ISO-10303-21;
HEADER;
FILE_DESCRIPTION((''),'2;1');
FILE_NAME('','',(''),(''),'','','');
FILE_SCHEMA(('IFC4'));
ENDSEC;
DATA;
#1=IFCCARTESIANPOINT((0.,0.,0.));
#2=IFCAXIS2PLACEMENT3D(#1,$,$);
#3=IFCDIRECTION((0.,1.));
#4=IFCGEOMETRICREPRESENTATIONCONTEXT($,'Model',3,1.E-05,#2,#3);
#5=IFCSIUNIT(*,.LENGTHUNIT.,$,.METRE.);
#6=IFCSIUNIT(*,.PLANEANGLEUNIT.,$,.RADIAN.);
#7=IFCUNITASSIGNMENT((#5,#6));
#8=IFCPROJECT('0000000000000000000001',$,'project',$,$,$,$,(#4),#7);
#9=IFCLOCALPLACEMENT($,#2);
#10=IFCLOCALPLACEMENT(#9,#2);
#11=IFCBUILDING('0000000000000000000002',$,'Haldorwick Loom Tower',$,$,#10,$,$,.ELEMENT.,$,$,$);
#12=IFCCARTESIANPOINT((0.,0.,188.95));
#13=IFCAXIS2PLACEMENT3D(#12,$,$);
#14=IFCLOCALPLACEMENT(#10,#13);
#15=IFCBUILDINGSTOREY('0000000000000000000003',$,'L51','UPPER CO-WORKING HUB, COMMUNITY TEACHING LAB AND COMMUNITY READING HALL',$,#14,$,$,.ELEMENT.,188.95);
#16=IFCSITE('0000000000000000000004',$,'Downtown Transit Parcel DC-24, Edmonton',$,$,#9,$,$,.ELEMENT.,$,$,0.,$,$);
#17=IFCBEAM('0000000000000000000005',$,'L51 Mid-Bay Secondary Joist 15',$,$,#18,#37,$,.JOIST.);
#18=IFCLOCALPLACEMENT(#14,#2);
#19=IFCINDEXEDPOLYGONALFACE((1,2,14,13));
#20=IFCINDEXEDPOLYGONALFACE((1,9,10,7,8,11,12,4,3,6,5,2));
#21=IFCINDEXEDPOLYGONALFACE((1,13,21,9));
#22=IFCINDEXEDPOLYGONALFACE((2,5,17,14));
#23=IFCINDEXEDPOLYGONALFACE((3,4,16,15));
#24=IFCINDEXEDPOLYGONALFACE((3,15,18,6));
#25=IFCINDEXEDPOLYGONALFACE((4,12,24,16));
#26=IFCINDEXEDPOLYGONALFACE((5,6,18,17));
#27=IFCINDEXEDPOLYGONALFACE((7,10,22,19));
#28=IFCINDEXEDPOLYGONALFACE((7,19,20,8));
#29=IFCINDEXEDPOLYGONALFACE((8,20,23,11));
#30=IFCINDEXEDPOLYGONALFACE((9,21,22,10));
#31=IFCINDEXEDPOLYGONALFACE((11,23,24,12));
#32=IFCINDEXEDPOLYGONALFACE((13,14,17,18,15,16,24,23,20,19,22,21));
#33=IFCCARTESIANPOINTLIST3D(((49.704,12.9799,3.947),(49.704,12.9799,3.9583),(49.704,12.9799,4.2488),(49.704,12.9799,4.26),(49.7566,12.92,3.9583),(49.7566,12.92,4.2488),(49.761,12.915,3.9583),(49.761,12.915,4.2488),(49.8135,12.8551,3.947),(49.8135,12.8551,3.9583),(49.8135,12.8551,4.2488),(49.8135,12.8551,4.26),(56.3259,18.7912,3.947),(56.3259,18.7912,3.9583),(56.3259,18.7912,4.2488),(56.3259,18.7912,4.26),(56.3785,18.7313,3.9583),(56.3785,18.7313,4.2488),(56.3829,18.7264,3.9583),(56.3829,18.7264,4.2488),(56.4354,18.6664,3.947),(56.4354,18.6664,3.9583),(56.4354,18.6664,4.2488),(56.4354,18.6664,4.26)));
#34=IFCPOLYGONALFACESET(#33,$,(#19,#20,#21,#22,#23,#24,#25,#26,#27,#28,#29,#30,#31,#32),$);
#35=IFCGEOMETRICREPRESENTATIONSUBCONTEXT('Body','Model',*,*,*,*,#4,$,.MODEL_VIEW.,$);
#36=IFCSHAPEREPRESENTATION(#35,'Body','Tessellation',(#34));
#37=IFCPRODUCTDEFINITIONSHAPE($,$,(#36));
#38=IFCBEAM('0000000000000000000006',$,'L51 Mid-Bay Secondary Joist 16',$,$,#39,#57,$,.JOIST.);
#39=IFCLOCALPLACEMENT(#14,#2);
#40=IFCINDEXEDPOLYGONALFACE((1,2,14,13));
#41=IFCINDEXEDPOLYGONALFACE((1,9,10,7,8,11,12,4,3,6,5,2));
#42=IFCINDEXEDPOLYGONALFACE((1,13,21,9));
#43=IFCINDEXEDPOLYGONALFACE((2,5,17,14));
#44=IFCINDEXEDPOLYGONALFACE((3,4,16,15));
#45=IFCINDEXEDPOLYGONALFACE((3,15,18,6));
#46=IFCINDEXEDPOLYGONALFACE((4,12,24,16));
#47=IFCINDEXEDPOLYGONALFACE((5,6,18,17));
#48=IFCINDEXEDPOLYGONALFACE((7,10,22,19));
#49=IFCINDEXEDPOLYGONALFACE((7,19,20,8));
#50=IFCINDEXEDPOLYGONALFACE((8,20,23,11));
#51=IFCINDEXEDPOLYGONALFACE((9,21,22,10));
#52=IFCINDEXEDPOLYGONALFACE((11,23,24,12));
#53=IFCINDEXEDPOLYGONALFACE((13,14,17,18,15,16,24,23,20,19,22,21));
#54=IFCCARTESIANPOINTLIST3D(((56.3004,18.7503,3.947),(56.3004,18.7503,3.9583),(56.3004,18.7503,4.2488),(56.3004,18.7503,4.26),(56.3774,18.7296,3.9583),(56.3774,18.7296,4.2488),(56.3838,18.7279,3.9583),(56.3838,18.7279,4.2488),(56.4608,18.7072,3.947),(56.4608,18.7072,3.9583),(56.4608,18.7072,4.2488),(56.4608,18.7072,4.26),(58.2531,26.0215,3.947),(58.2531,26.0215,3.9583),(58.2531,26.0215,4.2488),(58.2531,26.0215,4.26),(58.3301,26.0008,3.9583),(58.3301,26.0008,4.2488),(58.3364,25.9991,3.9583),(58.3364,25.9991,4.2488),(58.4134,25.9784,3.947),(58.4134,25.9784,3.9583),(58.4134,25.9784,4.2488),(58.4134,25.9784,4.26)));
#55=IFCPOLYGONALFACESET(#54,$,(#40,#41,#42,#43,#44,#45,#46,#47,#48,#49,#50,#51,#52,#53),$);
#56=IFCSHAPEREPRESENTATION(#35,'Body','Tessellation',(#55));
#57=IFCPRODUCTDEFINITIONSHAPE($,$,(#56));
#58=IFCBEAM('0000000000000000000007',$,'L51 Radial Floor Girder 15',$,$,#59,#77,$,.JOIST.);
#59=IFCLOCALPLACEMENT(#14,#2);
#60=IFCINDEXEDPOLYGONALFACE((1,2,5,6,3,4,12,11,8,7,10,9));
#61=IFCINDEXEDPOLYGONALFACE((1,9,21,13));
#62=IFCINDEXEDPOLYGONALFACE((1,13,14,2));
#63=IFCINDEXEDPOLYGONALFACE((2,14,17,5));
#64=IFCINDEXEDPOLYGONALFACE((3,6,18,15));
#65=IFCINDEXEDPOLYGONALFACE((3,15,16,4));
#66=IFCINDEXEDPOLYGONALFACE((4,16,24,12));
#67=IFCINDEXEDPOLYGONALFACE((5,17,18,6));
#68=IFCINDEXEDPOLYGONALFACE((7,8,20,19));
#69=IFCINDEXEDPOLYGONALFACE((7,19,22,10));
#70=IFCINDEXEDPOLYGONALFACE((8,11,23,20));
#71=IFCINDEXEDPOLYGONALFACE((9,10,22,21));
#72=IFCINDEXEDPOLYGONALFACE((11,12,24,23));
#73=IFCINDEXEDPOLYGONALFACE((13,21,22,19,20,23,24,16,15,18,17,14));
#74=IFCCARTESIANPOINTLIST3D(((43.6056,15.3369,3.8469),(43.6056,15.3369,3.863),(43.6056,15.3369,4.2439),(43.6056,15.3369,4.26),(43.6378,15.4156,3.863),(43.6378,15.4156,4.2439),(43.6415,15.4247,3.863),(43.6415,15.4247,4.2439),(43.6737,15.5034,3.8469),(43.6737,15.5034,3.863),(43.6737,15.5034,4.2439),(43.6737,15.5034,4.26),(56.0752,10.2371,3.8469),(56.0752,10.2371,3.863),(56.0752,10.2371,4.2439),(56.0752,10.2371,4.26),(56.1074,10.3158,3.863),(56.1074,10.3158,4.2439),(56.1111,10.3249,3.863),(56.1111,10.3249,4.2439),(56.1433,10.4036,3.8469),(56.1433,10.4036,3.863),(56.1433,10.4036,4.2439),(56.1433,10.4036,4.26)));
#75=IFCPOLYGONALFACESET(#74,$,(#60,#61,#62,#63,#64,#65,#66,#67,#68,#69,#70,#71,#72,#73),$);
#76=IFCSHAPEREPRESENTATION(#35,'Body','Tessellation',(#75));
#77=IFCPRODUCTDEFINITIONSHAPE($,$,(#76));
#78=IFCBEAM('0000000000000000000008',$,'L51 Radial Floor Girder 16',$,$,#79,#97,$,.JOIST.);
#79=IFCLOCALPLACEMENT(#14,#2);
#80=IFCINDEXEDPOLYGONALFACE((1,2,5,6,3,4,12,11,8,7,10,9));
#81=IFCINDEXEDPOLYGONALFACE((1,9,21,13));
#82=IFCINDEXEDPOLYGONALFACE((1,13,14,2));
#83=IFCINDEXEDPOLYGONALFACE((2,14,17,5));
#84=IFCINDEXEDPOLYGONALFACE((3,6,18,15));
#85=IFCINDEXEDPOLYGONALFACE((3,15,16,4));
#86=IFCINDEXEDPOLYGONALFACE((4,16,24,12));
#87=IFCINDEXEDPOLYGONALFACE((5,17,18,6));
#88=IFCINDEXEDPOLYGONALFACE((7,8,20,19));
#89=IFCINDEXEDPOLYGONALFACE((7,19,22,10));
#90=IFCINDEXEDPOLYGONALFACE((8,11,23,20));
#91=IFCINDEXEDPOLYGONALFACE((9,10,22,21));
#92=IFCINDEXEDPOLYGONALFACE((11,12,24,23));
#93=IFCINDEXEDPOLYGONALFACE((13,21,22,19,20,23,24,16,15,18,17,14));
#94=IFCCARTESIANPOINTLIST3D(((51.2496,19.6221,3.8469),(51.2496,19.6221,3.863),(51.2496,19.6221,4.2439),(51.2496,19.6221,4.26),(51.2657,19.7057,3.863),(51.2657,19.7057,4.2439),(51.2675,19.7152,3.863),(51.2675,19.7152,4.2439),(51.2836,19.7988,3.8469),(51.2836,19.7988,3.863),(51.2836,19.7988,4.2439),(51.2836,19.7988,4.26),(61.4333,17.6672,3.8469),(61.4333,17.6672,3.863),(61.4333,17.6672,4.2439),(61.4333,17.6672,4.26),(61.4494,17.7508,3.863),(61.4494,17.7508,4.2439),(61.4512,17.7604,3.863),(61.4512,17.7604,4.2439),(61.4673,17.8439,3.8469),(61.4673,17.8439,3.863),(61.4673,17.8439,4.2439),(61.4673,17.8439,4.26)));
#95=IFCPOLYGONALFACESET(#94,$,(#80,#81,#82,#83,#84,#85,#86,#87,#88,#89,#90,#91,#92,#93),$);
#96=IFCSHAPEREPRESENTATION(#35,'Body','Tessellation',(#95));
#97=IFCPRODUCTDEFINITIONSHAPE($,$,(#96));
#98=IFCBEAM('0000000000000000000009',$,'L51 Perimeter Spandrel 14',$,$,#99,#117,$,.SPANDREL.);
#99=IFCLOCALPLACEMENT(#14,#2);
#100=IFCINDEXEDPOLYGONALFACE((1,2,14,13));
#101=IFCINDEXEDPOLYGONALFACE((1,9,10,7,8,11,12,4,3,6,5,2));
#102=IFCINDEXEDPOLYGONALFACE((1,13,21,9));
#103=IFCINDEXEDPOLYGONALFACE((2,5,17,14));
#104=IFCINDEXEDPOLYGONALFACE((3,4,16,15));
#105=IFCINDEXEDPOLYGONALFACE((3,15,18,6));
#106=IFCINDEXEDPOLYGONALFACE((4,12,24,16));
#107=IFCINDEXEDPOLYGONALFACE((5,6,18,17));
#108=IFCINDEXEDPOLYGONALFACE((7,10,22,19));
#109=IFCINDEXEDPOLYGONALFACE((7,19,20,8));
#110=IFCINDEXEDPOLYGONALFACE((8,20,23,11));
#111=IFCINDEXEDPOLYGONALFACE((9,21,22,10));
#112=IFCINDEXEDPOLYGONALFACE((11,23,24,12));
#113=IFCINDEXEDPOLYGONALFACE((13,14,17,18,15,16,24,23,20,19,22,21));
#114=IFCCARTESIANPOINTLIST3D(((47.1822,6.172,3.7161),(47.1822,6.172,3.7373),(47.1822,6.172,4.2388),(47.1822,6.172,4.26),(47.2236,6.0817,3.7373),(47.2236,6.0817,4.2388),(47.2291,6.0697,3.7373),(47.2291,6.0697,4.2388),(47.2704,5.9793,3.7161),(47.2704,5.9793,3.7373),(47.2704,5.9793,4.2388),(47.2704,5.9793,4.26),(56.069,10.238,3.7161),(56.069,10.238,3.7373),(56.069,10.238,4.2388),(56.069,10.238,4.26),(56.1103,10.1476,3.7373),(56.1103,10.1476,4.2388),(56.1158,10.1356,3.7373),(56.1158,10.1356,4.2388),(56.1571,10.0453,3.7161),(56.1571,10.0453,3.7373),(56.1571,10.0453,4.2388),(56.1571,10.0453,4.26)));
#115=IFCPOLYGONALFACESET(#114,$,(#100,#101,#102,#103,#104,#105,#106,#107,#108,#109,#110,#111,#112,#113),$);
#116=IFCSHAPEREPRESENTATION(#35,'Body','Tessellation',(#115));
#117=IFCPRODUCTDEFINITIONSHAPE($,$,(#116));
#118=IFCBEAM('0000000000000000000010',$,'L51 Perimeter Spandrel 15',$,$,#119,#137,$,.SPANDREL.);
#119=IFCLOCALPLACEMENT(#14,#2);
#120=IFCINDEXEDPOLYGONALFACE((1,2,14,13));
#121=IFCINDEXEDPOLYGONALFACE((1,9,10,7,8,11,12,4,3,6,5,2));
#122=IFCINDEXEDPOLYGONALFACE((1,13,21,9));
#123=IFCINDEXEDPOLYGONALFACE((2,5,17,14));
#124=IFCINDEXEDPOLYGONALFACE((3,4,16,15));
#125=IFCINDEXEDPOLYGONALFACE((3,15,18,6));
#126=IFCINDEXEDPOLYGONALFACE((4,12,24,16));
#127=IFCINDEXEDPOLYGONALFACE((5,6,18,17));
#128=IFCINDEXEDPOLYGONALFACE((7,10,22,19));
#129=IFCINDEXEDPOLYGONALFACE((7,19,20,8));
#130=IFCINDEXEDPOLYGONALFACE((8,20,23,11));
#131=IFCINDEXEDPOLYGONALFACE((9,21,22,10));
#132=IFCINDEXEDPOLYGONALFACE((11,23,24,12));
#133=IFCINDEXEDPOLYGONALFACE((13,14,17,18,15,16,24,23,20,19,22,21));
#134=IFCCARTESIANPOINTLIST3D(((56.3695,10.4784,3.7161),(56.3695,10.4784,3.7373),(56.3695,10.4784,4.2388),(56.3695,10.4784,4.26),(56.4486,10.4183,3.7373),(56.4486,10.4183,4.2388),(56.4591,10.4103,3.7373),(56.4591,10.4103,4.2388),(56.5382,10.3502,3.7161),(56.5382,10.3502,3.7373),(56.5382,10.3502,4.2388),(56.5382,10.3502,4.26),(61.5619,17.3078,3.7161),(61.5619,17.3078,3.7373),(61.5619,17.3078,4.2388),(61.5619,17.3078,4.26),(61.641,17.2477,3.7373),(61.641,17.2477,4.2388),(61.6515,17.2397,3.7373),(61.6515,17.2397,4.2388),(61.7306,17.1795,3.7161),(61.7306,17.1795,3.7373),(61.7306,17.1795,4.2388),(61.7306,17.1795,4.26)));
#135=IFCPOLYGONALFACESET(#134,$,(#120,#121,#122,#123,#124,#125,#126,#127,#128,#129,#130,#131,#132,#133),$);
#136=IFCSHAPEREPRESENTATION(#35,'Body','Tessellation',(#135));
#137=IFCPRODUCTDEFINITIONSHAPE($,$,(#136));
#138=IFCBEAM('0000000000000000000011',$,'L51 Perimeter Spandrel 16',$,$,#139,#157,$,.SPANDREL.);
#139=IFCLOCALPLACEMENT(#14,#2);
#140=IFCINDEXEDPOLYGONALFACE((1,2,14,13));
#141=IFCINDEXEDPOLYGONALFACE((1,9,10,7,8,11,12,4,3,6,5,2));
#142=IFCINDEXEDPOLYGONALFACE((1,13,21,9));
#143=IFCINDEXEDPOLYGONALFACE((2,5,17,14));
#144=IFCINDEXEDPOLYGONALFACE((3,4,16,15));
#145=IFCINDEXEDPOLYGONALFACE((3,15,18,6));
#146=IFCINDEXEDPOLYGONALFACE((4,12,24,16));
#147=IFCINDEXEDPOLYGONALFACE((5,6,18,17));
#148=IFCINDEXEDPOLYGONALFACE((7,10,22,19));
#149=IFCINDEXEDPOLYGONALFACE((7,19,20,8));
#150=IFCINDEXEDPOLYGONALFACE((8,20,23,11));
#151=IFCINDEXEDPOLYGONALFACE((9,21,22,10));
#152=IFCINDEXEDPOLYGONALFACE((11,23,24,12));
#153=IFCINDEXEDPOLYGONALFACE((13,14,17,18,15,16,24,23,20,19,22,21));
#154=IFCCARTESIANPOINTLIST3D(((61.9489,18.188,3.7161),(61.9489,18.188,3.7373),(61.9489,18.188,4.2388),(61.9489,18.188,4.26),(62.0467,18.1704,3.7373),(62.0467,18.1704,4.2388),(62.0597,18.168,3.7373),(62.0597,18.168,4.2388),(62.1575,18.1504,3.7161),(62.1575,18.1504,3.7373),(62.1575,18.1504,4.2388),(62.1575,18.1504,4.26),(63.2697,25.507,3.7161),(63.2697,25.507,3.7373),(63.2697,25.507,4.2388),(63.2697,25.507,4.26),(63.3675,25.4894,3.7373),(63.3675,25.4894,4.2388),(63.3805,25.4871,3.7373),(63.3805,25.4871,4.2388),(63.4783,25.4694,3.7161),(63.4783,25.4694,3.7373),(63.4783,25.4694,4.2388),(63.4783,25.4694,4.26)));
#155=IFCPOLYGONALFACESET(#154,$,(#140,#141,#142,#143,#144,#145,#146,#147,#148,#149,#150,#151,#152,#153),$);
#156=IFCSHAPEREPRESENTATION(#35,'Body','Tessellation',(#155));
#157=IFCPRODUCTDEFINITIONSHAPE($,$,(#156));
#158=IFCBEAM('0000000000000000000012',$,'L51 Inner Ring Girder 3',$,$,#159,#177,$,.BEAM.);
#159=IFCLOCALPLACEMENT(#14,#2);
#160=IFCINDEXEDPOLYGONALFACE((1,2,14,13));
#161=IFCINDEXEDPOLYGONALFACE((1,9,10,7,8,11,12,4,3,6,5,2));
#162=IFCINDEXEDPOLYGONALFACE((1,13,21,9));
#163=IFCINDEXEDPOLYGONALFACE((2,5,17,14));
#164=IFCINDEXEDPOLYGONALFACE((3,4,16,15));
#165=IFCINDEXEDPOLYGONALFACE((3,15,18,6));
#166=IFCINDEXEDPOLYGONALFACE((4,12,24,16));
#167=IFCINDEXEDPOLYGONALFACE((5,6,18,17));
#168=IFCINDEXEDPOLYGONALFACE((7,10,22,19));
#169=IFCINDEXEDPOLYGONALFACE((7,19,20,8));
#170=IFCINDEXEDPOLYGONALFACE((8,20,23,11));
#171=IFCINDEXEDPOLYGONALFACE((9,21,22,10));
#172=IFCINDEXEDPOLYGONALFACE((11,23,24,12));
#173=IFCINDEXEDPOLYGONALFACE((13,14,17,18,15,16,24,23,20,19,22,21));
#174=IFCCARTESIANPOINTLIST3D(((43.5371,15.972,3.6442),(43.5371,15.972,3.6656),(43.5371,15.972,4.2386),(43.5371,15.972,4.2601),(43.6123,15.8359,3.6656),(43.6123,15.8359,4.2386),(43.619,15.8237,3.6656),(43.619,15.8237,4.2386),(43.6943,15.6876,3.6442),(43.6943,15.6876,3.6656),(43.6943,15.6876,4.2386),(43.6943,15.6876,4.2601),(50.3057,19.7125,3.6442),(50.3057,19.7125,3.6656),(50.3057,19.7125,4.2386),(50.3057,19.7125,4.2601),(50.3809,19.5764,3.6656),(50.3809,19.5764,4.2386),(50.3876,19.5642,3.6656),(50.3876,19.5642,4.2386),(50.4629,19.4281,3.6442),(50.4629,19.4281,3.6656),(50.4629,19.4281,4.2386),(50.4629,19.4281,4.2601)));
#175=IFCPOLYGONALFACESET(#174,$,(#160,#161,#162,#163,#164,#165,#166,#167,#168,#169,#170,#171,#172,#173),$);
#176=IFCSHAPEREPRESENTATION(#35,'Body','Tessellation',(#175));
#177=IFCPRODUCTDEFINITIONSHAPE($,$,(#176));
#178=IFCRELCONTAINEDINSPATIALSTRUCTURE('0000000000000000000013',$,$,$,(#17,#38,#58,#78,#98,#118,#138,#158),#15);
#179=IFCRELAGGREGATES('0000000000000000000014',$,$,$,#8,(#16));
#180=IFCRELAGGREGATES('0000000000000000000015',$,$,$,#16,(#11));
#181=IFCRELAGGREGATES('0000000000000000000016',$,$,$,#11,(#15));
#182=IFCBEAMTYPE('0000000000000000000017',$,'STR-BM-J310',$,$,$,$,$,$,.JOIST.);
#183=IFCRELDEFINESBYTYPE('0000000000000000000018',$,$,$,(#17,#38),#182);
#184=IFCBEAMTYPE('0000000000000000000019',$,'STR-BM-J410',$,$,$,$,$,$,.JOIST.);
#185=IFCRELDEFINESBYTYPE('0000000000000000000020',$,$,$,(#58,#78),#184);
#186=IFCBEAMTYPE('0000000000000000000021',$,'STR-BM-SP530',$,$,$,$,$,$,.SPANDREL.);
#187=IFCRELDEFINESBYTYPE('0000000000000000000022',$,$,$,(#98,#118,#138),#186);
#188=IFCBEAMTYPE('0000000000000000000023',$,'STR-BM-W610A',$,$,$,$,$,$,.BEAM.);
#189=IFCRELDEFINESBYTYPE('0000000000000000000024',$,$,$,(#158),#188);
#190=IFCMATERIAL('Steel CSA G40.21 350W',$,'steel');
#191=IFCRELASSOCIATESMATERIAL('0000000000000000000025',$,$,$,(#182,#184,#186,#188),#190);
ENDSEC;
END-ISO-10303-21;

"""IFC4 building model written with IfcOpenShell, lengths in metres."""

from ifc_helpers import new_model, si_unit, direction, frame, origin, origin_2d, place, context, subcontext, project, spatial, i_section, extrude, material, material_profile, profile_set, type_object, element, save


model = new_model("IFC4")

# Units and contexts
model_context = context("Model", 3, precision=1e-05, world=origin(), true_north=direction((0.0, 1.0)))
body_context = subcontext(model_context, "Body", "Model", "MODEL_VIEW")
ifc_project = project(units=[si_unit("LENGTHUNIT", "METRE"), si_unit("PLANEANGLEUNIT", "RADIAN")], contexts=[model_context])

# Site, building, storey
site_placement = place(None, origin())
site = spatial("IfcSite", under=ifc_project, at=site_placement, Name="Downtown Transit Parcel DC-24, Edmonton", CompositionType="ELEMENT", RefElevation=0.0)
building_placement = place(site_placement, origin())
building = spatial("IfcBuilding", under=site, at=building_placement, Name="Haldorwick Loom Tower", CompositionType="ELEMENT")
storey_placement = place(building_placement, frame((0.0, 0.0, 188.95)))
storey = spatial("IfcBuildingStorey", under=building, at=storey_placement, Name="L51", Description="UPPER CO-WORKING HUB, COMMUNITY TEACHING LAB AND COMMUNITY READING HALL", CompositionType="ELEMENT", Elevation=188.95)

# Beams
ifc_material_1 = material(Name="Steel CSA G40.21 350W", Category="steel")
ifc_material_profile_1 = material_profile(ifc_material_1, i_section(OverallWidth=0.166, OverallDepth=0.313, WebThickness=0.0066, FlangeThickness=0.0112, at=origin_2d()), Name="W310X45", Category="steel")
ifc_profile_set_1 = profile_set([ifc_material_profile_1], Name="Steel CSA G40.21 350W")
beam_type_1 = type_object("IfcBeamType", Name="STR-BM-J310", PredefinedType="JOIST", material=ifc_profile_set_1)
beam_1_placement = place(storey_placement, frame((49.7588, 12.9175, 4.1035), z_axis=(0.751609, 0.659608, 0.0), x_axis=(-0.659608, 0.751609, 0.0)))
element("IfcBeam", 1, at=beam_1_placement, inside=storey, type_object=beam_type_1, Name="L51 Mid-Bay Secondary Joist 15", PredefinedType="JOIST", context=body_context, shape_type="SweptSolid", body=[
    extrude(i_section(OverallWidth=0.166, OverallDepth=0.313, WebThickness=0.0066, FlangeThickness=0.0112, at=origin_2d()), origin(), (0.0, 0.0, 1.0), 8.8103),
])
beam_2_placement = place(storey_placement, frame((56.3806, 18.7288, 4.1035), z_axis=(0.259354, 0.965782, 0.0), x_axis=(-0.965782, 0.259354, 0.0)))
element("IfcBeam", 2, at=beam_2_placement, inside=storey, type_object=beam_type_1, Name="L51 Mid-Bay Secondary Joist 16", PredefinedType="JOIST", context=body_context, shape_type="SweptSolid", body=[
    extrude(i_section(OverallWidth=0.166, OverallDepth=0.313, WebThickness=0.0066, FlangeThickness=0.0112, at=origin_2d()), origin(), (0.0, 0.0, 1.0), 7.5288),
])
ifc_material_profile_2 = material_profile(ifc_material_1, i_section(OverallWidth=0.1799, OverallDepth=0.4131, WebThickness=0.0098, FlangeThickness=0.0161, at=origin_2d()), Name="W410X74", Category="steel")
ifc_profile_set_2 = profile_set([ifc_material_profile_2], Name="Steel CSA G40.21 350W")
beam_type_2 = type_object("IfcBeamType", Name="STR-BM-J410", PredefinedType="JOIST", material=ifc_profile_set_2)
beam_3_placement = place(storey_placement, frame((43.6396, 15.4202, 4.0535), z_axis=(0.925583, -0.378544, 0.0), x_axis=(0.378544, 0.925583, 0.0)))
element("IfcBeam", 3, at=beam_3_placement, inside=storey, type_object=beam_type_2, Name="L51 Radial Floor Girder 15", PredefinedType="JOIST", context=body_context, shape_type="SweptSolid", body=[
    extrude(i_section(OverallWidth=0.1799, OverallDepth=0.4131, WebThickness=0.0098, FlangeThickness=0.0161, at=origin_2d()), origin(), (0.0, 0.0, 1.0), 13.4722),
])
beam_4_placement = place(storey_placement, frame((51.2666, 19.7104, 4.0535), z_axis=(0.98207, -0.188517, 0.0), x_axis=(0.188517, 0.98207, 0.0)))
element("IfcBeam", 4, at=beam_4_placement, inside=storey, type_object=beam_type_2, Name="L51 Radial Floor Girder 16", PredefinedType="JOIST", context=body_context, shape_type="SweptSolid", body=[
    extrude(i_section(OverallWidth=0.1799, OverallDepth=0.4131, WebThickness=0.0098, FlangeThickness=0.0161, at=origin_2d()), origin(), (0.0, 0.0, 1.0), 10.3696),
])
ifc_material_profile_3 = material_profile(ifc_material_1, i_section(OverallWidth=0.2119, OverallDepth=0.5439, WebThickness=0.0132, FlangeThickness=0.0212, at=origin_2d()), Name="W530X123", Category="steel")
ifc_profile_set_3 = profile_set([ifc_material_profile_3], Name="Steel CSA G40.21 350W")
beam_type_3 = type_object("IfcBeamType", Name="STR-BM-SP530", PredefinedType="SPANDREL", material=ifc_profile_set_3)
beam_5_placement = place(storey_placement, frame((47.2263, 6.0757, 3.988), z_axis=(0.909342, 0.416049, 0.0), x_axis=(-0.416049, 0.909342, 0.0)))
element("IfcBeam", 5, at=beam_5_placement, inside=storey, type_object=beam_type_3, Name="L51 Perimeter Spandrel 14", PredefinedType="SPANDREL", context=body_context, shape_type="SweptSolid", body=[
    extrude(i_section(OverallWidth=0.2119, OverallDepth=0.5439, WebThickness=0.0132, FlangeThickness=0.0212, at=origin_2d()), origin(), (0.0, 0.0, 1.0), 9.7727),
])
beam_6_placement = place(storey_placement, frame((56.4539, 10.4143, 3.988), z_axis=(0.605237, 0.796045, 0.0), x_axis=(-0.796045, 0.605237, 0.0)))
element("IfcBeam", 6, at=beam_6_placement, inside=storey, type_object=beam_type_3, Name="L51 Perimeter Spandrel 15", PredefinedType="SPANDREL", context=body_context, shape_type="SweptSolid", body=[
    extrude(i_section(OverallWidth=0.2119, OverallDepth=0.5439, WebThickness=0.0132, FlangeThickness=0.0212, at=origin_2d()), origin(), (0.0, 0.0, 1.0), 8.5791),
])
beam_7_placement = place(storey_placement, frame((62.0532, 18.1692, 3.988), z_axis=(0.177591, 0.984104, 0.0), x_axis=(-0.984104, 0.177591, 0.0)))
element("IfcBeam", 7, at=beam_7_placement, inside=storey, type_object=beam_type_3, Name="L51 Perimeter Spandrel 16", PredefinedType="SPANDREL", context=body_context, shape_type="SweptSolid", body=[
    extrude(i_section(OverallWidth=0.2119, OverallDepth=0.5439, WebThickness=0.0132, FlangeThickness=0.0212, at=origin_2d()), origin(), (0.0, 0.0, 1.0), 7.4373),
])
ifc_material_profile_4 = material_profile(ifc_material_1, i_section(OverallWidth=0.325, OverallDepth=0.616, WebThickness=0.0139, FlangeThickness=0.0215, at=origin_2d()), Name="W610X174", Category="steel")
ifc_profile_set_4 = profile_set([ifc_material_profile_4], Name="Steel CSA G40.21 350W")
beam_type_4 = type_object("IfcBeamType", Name="STR-BM-W610A", PredefinedType="BEAM", material=ifc_profile_set_4)
beam_8_placement = place(storey_placement, frame((50.3843, 19.5703, 3.9521), z_axis=(-0.875244, -0.483682, 0.0), x_axis=(0.483682, -0.875244, 0.0)))
element("IfcBeam", 8, at=beam_8_placement, inside=storey, type_object=beam_type_4, Name="L51 Inner Ring Girder 3", PredefinedType="BEAM", context=body_context, shape_type="SweptSolid", body=[
    extrude(i_section(OverallWidth=0.325, OverallDepth=0.616, WebThickness=0.0139, FlangeThickness=0.0215, at=origin_2d()), origin(), (0.0, 0.0, 1.0), 7.7334),
])

save(model, "model.ifc")
